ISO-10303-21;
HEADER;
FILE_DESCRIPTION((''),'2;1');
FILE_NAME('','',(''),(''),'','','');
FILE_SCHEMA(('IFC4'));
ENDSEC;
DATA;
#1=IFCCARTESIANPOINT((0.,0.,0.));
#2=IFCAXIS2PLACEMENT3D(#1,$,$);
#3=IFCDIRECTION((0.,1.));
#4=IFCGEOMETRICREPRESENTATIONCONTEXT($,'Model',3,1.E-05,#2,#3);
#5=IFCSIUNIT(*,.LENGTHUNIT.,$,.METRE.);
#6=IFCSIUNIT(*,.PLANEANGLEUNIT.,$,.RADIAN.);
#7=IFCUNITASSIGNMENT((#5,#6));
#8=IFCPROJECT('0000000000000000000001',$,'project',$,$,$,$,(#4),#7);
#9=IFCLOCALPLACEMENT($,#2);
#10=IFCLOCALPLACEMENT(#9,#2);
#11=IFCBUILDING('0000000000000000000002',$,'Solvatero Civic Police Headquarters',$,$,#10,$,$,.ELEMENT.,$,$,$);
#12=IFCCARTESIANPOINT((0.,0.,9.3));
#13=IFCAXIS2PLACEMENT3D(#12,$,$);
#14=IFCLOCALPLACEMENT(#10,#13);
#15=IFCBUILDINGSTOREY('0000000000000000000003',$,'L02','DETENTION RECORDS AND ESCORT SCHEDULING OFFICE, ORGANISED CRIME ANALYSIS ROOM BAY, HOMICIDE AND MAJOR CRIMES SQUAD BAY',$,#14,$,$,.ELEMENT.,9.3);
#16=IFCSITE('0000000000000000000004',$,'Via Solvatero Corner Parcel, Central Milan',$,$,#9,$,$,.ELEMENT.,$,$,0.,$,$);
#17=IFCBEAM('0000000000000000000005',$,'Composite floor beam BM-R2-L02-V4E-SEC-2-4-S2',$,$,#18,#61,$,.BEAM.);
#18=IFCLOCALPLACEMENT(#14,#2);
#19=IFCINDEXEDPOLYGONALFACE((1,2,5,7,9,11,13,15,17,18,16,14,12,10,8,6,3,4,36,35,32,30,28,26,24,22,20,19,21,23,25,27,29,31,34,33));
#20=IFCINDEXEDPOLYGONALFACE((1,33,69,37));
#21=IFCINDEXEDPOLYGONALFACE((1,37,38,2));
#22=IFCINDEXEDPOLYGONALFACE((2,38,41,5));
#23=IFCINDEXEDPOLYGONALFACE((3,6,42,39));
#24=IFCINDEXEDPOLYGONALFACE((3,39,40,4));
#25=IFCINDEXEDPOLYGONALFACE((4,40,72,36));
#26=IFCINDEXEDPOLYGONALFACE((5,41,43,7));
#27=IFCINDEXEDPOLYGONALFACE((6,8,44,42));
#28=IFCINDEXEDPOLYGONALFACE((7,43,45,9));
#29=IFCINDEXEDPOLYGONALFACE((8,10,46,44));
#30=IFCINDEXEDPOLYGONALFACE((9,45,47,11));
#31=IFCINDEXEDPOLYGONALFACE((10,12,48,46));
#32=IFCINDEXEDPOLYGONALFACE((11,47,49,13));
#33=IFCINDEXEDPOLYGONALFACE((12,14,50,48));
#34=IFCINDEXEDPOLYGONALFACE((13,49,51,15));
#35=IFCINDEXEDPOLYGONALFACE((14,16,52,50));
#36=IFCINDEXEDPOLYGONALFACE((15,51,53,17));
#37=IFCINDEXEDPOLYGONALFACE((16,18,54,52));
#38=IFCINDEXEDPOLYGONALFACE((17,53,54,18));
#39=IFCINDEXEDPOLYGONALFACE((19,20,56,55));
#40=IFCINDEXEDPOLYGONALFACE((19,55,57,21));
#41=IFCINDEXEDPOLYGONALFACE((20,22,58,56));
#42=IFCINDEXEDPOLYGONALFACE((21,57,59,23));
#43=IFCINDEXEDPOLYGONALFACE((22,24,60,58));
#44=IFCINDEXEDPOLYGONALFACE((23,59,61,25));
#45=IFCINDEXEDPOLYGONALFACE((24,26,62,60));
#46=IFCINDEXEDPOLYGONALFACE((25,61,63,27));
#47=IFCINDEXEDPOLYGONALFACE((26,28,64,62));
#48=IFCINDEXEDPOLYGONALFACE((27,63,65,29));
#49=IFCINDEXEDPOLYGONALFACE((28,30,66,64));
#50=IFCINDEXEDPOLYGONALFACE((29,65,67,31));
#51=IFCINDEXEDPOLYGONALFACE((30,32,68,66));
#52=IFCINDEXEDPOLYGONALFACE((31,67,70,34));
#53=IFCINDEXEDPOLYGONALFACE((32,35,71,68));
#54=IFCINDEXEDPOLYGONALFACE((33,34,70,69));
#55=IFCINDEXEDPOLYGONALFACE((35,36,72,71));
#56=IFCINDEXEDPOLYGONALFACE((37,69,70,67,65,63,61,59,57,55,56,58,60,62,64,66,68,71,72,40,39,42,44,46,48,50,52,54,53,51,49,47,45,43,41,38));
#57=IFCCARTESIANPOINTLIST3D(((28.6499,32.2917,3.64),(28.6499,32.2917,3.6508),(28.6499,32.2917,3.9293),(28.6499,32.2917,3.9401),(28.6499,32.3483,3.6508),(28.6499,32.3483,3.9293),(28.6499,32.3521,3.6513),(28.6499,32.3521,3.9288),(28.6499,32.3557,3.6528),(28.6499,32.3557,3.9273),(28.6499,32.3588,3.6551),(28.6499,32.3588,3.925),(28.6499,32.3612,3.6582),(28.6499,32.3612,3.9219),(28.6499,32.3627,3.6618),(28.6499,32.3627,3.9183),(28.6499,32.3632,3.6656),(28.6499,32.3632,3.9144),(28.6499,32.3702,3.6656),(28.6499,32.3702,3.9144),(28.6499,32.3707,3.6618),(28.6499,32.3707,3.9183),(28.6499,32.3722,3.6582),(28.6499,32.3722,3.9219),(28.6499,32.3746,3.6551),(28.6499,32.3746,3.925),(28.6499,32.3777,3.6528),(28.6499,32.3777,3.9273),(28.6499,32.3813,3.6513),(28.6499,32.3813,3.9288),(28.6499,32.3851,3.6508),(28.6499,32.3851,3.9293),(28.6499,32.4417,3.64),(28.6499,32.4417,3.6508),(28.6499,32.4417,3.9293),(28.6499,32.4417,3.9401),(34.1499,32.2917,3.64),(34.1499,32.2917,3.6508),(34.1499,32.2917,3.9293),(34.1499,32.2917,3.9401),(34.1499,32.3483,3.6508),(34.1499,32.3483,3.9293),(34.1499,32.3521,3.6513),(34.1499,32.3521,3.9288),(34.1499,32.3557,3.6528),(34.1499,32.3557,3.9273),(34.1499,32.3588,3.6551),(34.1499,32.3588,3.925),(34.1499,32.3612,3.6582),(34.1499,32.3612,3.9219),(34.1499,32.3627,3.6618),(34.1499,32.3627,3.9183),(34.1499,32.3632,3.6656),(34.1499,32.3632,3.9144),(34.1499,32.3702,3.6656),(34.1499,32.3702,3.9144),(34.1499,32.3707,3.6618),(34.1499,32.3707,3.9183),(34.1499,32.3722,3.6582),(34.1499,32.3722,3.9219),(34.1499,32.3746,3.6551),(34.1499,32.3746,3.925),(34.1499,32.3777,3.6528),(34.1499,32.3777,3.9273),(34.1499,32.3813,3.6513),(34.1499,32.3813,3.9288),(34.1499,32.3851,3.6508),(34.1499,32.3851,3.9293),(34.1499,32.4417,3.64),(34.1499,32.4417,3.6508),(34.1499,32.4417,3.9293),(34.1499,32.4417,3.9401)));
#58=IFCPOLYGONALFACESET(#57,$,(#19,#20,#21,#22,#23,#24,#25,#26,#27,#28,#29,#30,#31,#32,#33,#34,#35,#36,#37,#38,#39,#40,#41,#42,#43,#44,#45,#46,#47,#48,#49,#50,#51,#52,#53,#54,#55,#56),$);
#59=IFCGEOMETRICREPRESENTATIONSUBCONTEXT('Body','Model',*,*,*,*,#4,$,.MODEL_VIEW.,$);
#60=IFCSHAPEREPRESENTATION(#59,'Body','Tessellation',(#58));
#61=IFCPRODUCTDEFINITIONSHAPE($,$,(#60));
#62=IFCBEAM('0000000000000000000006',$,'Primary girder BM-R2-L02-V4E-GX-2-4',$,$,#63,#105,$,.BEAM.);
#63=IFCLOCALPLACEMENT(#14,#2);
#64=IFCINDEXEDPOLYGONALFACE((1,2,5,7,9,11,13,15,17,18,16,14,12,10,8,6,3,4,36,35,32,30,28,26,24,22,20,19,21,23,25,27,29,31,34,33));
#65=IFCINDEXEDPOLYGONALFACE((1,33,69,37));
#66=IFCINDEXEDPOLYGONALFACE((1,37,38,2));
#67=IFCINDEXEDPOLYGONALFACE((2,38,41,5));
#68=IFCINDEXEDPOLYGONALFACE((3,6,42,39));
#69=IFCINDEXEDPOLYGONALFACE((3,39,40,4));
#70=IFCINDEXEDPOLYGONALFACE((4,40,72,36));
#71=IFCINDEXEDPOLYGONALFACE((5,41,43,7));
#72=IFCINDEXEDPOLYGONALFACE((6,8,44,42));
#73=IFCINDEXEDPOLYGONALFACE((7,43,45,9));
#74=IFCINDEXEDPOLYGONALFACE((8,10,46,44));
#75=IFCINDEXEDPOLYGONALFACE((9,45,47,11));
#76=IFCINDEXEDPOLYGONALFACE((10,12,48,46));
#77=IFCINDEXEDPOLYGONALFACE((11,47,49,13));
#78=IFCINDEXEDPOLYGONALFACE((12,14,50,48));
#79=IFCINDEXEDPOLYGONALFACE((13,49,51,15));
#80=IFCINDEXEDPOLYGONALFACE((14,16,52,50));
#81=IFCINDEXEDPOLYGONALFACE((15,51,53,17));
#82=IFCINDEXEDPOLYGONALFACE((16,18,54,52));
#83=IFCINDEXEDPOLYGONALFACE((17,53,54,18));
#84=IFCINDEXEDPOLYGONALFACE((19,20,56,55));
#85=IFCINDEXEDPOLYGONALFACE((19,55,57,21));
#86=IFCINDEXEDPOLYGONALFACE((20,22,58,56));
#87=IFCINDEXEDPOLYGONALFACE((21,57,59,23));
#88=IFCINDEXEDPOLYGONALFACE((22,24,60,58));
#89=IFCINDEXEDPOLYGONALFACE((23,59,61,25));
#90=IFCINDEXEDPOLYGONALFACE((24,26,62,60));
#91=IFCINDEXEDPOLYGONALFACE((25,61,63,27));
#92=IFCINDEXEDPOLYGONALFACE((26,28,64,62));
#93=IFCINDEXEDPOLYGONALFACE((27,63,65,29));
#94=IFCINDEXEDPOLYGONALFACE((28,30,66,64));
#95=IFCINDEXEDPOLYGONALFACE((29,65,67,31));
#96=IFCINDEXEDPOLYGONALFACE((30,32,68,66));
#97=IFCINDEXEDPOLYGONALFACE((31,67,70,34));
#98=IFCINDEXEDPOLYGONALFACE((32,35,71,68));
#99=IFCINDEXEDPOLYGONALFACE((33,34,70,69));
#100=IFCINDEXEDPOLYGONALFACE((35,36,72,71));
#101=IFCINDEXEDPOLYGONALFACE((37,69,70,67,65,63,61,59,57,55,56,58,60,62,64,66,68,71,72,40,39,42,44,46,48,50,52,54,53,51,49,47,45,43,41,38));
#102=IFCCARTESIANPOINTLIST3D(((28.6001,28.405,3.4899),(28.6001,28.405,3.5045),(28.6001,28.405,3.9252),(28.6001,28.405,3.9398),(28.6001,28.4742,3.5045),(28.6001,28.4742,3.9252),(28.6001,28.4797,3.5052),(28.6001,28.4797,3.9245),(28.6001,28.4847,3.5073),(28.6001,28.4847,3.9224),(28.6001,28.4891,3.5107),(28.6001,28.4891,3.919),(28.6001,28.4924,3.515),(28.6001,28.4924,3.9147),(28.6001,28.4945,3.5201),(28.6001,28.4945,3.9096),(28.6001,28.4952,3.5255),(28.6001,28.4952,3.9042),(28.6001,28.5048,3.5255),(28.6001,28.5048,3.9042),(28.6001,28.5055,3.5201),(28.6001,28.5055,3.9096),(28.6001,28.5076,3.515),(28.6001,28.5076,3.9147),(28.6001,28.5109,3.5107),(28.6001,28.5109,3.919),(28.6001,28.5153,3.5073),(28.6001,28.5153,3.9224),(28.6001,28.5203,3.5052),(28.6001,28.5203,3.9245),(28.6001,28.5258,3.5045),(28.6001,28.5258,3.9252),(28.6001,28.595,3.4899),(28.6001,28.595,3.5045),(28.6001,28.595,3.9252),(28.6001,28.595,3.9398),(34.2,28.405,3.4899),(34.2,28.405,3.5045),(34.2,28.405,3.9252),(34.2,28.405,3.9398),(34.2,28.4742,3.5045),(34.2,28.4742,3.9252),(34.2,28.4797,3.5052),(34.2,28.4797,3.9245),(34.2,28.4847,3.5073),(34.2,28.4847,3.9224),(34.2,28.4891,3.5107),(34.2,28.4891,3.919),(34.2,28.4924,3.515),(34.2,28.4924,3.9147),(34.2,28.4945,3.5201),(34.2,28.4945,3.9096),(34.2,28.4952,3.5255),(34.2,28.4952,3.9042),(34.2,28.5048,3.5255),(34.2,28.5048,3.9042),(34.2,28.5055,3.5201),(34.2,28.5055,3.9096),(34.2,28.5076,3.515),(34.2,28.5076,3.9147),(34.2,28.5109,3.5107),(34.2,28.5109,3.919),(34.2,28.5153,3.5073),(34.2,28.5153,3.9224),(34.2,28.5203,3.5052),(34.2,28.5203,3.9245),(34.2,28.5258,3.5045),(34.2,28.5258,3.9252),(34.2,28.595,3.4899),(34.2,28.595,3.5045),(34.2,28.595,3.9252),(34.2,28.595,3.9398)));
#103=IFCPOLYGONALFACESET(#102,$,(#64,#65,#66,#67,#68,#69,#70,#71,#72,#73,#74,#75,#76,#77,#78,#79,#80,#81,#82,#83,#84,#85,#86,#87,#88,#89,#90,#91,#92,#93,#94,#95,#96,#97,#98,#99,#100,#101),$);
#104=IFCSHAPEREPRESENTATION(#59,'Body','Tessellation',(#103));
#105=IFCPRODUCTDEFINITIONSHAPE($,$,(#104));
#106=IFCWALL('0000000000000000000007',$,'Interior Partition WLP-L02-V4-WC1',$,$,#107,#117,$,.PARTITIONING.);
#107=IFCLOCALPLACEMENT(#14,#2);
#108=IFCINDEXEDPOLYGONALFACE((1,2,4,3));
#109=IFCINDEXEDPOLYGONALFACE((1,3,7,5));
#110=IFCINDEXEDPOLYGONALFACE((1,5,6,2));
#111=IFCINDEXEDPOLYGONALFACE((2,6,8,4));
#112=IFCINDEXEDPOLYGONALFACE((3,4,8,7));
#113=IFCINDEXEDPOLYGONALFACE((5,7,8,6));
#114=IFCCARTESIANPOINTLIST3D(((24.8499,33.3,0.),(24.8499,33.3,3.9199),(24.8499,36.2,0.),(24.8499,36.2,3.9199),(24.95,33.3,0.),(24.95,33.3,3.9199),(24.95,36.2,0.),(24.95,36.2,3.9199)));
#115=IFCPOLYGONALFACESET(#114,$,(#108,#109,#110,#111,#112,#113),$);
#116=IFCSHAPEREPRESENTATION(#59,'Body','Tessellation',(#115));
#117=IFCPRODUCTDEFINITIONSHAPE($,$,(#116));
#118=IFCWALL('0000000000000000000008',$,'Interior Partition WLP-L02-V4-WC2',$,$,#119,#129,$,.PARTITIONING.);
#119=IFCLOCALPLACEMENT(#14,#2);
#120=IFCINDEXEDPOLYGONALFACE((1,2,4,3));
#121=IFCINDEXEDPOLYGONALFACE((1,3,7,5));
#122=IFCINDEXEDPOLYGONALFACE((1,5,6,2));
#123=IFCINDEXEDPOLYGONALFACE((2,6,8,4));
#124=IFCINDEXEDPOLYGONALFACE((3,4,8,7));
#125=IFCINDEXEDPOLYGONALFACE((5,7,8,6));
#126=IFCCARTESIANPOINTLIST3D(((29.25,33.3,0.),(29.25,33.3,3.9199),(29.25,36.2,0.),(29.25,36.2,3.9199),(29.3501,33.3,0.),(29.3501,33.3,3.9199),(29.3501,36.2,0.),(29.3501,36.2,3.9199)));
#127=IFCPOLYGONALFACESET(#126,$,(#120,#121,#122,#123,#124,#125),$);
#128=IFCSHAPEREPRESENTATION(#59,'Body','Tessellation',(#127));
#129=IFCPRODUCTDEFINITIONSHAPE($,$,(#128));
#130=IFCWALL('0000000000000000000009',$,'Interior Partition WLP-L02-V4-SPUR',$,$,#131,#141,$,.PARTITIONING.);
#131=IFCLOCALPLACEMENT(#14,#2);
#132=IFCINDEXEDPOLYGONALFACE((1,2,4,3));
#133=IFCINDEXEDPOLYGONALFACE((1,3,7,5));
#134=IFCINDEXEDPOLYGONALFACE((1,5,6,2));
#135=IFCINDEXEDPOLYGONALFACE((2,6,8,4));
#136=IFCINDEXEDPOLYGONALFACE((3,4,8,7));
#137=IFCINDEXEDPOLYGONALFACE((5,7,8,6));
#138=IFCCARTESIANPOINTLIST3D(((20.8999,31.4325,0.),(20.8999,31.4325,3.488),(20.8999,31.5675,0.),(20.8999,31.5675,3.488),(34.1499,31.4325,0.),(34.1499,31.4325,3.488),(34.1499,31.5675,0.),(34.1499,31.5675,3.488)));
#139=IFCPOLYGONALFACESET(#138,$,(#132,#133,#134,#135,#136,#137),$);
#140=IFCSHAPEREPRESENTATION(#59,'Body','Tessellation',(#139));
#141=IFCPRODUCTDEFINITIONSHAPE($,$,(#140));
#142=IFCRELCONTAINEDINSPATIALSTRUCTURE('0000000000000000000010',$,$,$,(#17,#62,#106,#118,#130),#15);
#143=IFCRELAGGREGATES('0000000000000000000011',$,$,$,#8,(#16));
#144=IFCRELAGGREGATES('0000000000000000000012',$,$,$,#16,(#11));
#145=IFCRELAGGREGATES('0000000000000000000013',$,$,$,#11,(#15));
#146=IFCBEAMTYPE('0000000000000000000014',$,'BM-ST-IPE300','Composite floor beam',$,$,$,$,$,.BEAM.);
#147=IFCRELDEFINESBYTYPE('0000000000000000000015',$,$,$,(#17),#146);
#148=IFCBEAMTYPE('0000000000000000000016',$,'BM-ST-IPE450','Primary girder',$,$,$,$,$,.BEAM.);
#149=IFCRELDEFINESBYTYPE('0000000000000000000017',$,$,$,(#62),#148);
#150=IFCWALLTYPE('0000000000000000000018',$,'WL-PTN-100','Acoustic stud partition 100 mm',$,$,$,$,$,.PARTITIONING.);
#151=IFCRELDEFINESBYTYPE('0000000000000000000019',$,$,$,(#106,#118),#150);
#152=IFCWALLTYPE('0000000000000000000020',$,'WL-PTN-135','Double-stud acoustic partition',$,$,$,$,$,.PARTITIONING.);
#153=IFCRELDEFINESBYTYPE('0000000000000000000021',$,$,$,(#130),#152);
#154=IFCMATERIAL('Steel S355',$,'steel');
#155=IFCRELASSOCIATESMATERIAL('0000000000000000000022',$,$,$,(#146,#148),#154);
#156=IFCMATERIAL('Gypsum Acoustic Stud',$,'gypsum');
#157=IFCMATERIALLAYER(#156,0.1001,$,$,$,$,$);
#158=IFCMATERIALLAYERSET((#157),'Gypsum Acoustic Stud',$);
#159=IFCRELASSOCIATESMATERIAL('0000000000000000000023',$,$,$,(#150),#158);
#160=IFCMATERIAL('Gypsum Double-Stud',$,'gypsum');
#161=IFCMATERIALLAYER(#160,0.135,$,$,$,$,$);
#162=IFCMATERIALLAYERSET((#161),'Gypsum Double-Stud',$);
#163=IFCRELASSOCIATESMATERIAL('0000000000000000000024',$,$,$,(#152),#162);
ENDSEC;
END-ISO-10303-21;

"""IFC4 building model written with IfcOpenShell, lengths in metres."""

from ifc_helpers import new_model, si_unit, direction, frame, frame_2d, origin, origin_2d, place, context, subcontext, project, spatial, rectangle, i_section, extrude, material, layer, layer_set, material_profile, profile_set, type_object, element, save


model = new_model("IFC4")

# Units and contexts
model_context = context("Model", 3, precision=1e-05, world=origin(), true_north=direction((0.0, 1.0)))
body_context = subcontext(model_context, "Body", "Model", "MODEL_VIEW")
ifc_project = project(units=[si_unit("LENGTHUNIT", "METRE"), si_unit("PLANEANGLEUNIT", "RADIAN")], contexts=[model_context])

# Site, building, storey
site_placement = place(None, origin())
site = spatial("IfcSite", under=ifc_project, at=site_placement, Name="Via Solvatero Corner Parcel, Central Milan", CompositionType="ELEMENT", RefElevation=0.0)
building_placement = place(site_placement, origin())
building = spatial("IfcBuilding", under=site, at=building_placement, Name="Solvatero Civic Police Headquarters", CompositionType="ELEMENT")
storey_placement = place(building_placement, frame((0.0, 0.0, 9.3)))
storey = spatial("IfcBuildingStorey", under=building, at=storey_placement, Name="L02", Description="DETENTION RECORDS AND ESCORT SCHEDULING OFFICE, ORGANISED CRIME ANALYSIS ROOM BAY, HOMICIDE AND MAJOR CRIMES SQUAD BAY", CompositionType="ELEMENT", Elevation=9.3)

# Shared definitions
ifc_material_1 = material(Name="Steel S355", Category="steel")

# Beams
ifc_material_profile_1 = material_profile(ifc_material_1, i_section(OverallWidth=0.1499, OverallDepth=0.3, WebThickness=0.0071, FlangeThickness=0.0107, FilletRadius=0.0149, at=origin_2d()), Name="IPE 300")
ifc_profile_set_1 = profile_set([ifc_material_profile_1], Name="Steel S355")
beam_type_1 = type_object("IfcBeamType", Name="BM-ST-IPE300", Description="Composite floor beam", PredefinedType="BEAM", material=ifc_profile_set_1)
for number, where, z_axis, x_axis, name in (
    (1, (28.6499, 32.3667, 3.79), (1.0, 0.0, 0.0), (0.0, 1.0, 0.0), "Composite floor beam BM-R2-L02-V4E-SEC-2-4-S2"),
):
    element("IfcBeam", number, at=place(storey_placement, frame(where, z_axis=z_axis, x_axis=x_axis)), inside=storey, type_object=beam_type_1, Name=name, PredefinedType="BEAM", context=body_context, shape_type="SweptSolid", body=[
        extrude(i_section(OverallWidth=0.1499, OverallDepth=0.3, WebThickness=0.0071, FlangeThickness=0.0107, FilletRadius=0.0149, at=origin_2d()), origin(), (0.0, 0.0, 1.0), 5.5),
    ])
ifc_material_profile_2 = material_profile(ifc_material_1, i_section(OverallWidth=0.1899, OverallDepth=0.45, WebThickness=0.0095, FlangeThickness=0.0146, FilletRadius=0.021, at=origin_2d()), Name="IPE 450")
ifc_profile_set_2 = profile_set([ifc_material_profile_2], Name="Steel S355")
beam_type_2 = type_object("IfcBeamType", Name="BM-ST-IPE450", Description="Primary girder", PredefinedType="BEAM", material=ifc_profile_set_2)
beam_1_placement = place(storey_placement, frame((28.6001, 28.5, 3.7148), z_axis=(1.0, 0.0, 0.0), x_axis=(0.0, 1.0, 0.0)))
element("IfcBeam", 2, at=beam_1_placement, inside=storey, type_object=beam_type_2, Name="Primary girder BM-R2-L02-V4E-GX-2-4", PredefinedType="BEAM", context=body_context, shape_type="SweptSolid", body=[
    extrude(i_section(OverallWidth=0.1899, OverallDepth=0.45, WebThickness=0.0095, FlangeThickness=0.0146, FilletRadius=0.021, at=origin_2d()), origin(), (0.0, 0.0, 1.0), 5.5999),
])

# Walls
ifc_material_2 = material(Name="Gypsum Acoustic Stud", Category="gypsum")
ifc_layer_1 = layer(ifc_material_2, 0.1001)
ifc_layer_set_1 = layer_set([ifc_layer_1], Name="Gypsum Acoustic Stud")
wall_type_1 = type_object("IfcWallType", Name="WL-PTN-100", Description="Acoustic stud partition 100 mm", PredefinedType="PARTITIONING", material=ifc_layer_set_1)
for number, where, z_axis, x_axis, name in (
    (3, (24.8999, 33.3, 0.0), (0.0, 0.0, 1.0), (0.0, 1.0, 0.0), "Interior Partition WLP-L02-V4-WC1"),
    (4, (29.3, 33.3, 0.0), (0.0, 0.0, 1.0), (0.0, 1.0, 0.0), "Interior Partition WLP-L02-V4-WC2"),
):
    element("IfcWall", number, at=place(storey_placement, frame(where, z_axis=z_axis, x_axis=x_axis)), inside=storey, type_object=wall_type_1, Name=name, PredefinedType="PARTITIONING", context=body_context, shape_type="SweptSolid", body=[
        extrude(rectangle(XDim=2.8999, YDim=0.1001, at=frame_2d((1.45, 0.0))), origin(), (0.0, 0.0, 1.0), 3.9199),
    ])
ifc_material_3 = material(Name="Gypsum Double-Stud", Category="gypsum")
ifc_layer_2 = layer(ifc_material_3, 0.135)
ifc_layer_set_2 = layer_set([ifc_layer_2], Name="Gypsum Double-Stud")
wall_type_2 = type_object("IfcWallType", Name="WL-PTN-135", Description="Double-stud acoustic partition", PredefinedType="PARTITIONING", material=ifc_layer_set_2)
wall_1_placement = place(storey_placement, frame((20.8999, 31.5, 0.0), z_axis=(0.0, 0.0, 1.0), x_axis=(1.0, 0.0, 0.0)))
element("IfcWall", 5, at=wall_1_placement, inside=storey, type_object=wall_type_2, Name="Interior Partition WLP-L02-V4-SPUR", PredefinedType="PARTITIONING", context=body_context, shape_type="SweptSolid", body=[
    extrude(rectangle(XDim=13.25, YDim=0.135, at=frame_2d((6.625, 0.0))), origin(), (0.0, 0.0, 1.0), 3.488),
])

save(model, "model.ifc")
